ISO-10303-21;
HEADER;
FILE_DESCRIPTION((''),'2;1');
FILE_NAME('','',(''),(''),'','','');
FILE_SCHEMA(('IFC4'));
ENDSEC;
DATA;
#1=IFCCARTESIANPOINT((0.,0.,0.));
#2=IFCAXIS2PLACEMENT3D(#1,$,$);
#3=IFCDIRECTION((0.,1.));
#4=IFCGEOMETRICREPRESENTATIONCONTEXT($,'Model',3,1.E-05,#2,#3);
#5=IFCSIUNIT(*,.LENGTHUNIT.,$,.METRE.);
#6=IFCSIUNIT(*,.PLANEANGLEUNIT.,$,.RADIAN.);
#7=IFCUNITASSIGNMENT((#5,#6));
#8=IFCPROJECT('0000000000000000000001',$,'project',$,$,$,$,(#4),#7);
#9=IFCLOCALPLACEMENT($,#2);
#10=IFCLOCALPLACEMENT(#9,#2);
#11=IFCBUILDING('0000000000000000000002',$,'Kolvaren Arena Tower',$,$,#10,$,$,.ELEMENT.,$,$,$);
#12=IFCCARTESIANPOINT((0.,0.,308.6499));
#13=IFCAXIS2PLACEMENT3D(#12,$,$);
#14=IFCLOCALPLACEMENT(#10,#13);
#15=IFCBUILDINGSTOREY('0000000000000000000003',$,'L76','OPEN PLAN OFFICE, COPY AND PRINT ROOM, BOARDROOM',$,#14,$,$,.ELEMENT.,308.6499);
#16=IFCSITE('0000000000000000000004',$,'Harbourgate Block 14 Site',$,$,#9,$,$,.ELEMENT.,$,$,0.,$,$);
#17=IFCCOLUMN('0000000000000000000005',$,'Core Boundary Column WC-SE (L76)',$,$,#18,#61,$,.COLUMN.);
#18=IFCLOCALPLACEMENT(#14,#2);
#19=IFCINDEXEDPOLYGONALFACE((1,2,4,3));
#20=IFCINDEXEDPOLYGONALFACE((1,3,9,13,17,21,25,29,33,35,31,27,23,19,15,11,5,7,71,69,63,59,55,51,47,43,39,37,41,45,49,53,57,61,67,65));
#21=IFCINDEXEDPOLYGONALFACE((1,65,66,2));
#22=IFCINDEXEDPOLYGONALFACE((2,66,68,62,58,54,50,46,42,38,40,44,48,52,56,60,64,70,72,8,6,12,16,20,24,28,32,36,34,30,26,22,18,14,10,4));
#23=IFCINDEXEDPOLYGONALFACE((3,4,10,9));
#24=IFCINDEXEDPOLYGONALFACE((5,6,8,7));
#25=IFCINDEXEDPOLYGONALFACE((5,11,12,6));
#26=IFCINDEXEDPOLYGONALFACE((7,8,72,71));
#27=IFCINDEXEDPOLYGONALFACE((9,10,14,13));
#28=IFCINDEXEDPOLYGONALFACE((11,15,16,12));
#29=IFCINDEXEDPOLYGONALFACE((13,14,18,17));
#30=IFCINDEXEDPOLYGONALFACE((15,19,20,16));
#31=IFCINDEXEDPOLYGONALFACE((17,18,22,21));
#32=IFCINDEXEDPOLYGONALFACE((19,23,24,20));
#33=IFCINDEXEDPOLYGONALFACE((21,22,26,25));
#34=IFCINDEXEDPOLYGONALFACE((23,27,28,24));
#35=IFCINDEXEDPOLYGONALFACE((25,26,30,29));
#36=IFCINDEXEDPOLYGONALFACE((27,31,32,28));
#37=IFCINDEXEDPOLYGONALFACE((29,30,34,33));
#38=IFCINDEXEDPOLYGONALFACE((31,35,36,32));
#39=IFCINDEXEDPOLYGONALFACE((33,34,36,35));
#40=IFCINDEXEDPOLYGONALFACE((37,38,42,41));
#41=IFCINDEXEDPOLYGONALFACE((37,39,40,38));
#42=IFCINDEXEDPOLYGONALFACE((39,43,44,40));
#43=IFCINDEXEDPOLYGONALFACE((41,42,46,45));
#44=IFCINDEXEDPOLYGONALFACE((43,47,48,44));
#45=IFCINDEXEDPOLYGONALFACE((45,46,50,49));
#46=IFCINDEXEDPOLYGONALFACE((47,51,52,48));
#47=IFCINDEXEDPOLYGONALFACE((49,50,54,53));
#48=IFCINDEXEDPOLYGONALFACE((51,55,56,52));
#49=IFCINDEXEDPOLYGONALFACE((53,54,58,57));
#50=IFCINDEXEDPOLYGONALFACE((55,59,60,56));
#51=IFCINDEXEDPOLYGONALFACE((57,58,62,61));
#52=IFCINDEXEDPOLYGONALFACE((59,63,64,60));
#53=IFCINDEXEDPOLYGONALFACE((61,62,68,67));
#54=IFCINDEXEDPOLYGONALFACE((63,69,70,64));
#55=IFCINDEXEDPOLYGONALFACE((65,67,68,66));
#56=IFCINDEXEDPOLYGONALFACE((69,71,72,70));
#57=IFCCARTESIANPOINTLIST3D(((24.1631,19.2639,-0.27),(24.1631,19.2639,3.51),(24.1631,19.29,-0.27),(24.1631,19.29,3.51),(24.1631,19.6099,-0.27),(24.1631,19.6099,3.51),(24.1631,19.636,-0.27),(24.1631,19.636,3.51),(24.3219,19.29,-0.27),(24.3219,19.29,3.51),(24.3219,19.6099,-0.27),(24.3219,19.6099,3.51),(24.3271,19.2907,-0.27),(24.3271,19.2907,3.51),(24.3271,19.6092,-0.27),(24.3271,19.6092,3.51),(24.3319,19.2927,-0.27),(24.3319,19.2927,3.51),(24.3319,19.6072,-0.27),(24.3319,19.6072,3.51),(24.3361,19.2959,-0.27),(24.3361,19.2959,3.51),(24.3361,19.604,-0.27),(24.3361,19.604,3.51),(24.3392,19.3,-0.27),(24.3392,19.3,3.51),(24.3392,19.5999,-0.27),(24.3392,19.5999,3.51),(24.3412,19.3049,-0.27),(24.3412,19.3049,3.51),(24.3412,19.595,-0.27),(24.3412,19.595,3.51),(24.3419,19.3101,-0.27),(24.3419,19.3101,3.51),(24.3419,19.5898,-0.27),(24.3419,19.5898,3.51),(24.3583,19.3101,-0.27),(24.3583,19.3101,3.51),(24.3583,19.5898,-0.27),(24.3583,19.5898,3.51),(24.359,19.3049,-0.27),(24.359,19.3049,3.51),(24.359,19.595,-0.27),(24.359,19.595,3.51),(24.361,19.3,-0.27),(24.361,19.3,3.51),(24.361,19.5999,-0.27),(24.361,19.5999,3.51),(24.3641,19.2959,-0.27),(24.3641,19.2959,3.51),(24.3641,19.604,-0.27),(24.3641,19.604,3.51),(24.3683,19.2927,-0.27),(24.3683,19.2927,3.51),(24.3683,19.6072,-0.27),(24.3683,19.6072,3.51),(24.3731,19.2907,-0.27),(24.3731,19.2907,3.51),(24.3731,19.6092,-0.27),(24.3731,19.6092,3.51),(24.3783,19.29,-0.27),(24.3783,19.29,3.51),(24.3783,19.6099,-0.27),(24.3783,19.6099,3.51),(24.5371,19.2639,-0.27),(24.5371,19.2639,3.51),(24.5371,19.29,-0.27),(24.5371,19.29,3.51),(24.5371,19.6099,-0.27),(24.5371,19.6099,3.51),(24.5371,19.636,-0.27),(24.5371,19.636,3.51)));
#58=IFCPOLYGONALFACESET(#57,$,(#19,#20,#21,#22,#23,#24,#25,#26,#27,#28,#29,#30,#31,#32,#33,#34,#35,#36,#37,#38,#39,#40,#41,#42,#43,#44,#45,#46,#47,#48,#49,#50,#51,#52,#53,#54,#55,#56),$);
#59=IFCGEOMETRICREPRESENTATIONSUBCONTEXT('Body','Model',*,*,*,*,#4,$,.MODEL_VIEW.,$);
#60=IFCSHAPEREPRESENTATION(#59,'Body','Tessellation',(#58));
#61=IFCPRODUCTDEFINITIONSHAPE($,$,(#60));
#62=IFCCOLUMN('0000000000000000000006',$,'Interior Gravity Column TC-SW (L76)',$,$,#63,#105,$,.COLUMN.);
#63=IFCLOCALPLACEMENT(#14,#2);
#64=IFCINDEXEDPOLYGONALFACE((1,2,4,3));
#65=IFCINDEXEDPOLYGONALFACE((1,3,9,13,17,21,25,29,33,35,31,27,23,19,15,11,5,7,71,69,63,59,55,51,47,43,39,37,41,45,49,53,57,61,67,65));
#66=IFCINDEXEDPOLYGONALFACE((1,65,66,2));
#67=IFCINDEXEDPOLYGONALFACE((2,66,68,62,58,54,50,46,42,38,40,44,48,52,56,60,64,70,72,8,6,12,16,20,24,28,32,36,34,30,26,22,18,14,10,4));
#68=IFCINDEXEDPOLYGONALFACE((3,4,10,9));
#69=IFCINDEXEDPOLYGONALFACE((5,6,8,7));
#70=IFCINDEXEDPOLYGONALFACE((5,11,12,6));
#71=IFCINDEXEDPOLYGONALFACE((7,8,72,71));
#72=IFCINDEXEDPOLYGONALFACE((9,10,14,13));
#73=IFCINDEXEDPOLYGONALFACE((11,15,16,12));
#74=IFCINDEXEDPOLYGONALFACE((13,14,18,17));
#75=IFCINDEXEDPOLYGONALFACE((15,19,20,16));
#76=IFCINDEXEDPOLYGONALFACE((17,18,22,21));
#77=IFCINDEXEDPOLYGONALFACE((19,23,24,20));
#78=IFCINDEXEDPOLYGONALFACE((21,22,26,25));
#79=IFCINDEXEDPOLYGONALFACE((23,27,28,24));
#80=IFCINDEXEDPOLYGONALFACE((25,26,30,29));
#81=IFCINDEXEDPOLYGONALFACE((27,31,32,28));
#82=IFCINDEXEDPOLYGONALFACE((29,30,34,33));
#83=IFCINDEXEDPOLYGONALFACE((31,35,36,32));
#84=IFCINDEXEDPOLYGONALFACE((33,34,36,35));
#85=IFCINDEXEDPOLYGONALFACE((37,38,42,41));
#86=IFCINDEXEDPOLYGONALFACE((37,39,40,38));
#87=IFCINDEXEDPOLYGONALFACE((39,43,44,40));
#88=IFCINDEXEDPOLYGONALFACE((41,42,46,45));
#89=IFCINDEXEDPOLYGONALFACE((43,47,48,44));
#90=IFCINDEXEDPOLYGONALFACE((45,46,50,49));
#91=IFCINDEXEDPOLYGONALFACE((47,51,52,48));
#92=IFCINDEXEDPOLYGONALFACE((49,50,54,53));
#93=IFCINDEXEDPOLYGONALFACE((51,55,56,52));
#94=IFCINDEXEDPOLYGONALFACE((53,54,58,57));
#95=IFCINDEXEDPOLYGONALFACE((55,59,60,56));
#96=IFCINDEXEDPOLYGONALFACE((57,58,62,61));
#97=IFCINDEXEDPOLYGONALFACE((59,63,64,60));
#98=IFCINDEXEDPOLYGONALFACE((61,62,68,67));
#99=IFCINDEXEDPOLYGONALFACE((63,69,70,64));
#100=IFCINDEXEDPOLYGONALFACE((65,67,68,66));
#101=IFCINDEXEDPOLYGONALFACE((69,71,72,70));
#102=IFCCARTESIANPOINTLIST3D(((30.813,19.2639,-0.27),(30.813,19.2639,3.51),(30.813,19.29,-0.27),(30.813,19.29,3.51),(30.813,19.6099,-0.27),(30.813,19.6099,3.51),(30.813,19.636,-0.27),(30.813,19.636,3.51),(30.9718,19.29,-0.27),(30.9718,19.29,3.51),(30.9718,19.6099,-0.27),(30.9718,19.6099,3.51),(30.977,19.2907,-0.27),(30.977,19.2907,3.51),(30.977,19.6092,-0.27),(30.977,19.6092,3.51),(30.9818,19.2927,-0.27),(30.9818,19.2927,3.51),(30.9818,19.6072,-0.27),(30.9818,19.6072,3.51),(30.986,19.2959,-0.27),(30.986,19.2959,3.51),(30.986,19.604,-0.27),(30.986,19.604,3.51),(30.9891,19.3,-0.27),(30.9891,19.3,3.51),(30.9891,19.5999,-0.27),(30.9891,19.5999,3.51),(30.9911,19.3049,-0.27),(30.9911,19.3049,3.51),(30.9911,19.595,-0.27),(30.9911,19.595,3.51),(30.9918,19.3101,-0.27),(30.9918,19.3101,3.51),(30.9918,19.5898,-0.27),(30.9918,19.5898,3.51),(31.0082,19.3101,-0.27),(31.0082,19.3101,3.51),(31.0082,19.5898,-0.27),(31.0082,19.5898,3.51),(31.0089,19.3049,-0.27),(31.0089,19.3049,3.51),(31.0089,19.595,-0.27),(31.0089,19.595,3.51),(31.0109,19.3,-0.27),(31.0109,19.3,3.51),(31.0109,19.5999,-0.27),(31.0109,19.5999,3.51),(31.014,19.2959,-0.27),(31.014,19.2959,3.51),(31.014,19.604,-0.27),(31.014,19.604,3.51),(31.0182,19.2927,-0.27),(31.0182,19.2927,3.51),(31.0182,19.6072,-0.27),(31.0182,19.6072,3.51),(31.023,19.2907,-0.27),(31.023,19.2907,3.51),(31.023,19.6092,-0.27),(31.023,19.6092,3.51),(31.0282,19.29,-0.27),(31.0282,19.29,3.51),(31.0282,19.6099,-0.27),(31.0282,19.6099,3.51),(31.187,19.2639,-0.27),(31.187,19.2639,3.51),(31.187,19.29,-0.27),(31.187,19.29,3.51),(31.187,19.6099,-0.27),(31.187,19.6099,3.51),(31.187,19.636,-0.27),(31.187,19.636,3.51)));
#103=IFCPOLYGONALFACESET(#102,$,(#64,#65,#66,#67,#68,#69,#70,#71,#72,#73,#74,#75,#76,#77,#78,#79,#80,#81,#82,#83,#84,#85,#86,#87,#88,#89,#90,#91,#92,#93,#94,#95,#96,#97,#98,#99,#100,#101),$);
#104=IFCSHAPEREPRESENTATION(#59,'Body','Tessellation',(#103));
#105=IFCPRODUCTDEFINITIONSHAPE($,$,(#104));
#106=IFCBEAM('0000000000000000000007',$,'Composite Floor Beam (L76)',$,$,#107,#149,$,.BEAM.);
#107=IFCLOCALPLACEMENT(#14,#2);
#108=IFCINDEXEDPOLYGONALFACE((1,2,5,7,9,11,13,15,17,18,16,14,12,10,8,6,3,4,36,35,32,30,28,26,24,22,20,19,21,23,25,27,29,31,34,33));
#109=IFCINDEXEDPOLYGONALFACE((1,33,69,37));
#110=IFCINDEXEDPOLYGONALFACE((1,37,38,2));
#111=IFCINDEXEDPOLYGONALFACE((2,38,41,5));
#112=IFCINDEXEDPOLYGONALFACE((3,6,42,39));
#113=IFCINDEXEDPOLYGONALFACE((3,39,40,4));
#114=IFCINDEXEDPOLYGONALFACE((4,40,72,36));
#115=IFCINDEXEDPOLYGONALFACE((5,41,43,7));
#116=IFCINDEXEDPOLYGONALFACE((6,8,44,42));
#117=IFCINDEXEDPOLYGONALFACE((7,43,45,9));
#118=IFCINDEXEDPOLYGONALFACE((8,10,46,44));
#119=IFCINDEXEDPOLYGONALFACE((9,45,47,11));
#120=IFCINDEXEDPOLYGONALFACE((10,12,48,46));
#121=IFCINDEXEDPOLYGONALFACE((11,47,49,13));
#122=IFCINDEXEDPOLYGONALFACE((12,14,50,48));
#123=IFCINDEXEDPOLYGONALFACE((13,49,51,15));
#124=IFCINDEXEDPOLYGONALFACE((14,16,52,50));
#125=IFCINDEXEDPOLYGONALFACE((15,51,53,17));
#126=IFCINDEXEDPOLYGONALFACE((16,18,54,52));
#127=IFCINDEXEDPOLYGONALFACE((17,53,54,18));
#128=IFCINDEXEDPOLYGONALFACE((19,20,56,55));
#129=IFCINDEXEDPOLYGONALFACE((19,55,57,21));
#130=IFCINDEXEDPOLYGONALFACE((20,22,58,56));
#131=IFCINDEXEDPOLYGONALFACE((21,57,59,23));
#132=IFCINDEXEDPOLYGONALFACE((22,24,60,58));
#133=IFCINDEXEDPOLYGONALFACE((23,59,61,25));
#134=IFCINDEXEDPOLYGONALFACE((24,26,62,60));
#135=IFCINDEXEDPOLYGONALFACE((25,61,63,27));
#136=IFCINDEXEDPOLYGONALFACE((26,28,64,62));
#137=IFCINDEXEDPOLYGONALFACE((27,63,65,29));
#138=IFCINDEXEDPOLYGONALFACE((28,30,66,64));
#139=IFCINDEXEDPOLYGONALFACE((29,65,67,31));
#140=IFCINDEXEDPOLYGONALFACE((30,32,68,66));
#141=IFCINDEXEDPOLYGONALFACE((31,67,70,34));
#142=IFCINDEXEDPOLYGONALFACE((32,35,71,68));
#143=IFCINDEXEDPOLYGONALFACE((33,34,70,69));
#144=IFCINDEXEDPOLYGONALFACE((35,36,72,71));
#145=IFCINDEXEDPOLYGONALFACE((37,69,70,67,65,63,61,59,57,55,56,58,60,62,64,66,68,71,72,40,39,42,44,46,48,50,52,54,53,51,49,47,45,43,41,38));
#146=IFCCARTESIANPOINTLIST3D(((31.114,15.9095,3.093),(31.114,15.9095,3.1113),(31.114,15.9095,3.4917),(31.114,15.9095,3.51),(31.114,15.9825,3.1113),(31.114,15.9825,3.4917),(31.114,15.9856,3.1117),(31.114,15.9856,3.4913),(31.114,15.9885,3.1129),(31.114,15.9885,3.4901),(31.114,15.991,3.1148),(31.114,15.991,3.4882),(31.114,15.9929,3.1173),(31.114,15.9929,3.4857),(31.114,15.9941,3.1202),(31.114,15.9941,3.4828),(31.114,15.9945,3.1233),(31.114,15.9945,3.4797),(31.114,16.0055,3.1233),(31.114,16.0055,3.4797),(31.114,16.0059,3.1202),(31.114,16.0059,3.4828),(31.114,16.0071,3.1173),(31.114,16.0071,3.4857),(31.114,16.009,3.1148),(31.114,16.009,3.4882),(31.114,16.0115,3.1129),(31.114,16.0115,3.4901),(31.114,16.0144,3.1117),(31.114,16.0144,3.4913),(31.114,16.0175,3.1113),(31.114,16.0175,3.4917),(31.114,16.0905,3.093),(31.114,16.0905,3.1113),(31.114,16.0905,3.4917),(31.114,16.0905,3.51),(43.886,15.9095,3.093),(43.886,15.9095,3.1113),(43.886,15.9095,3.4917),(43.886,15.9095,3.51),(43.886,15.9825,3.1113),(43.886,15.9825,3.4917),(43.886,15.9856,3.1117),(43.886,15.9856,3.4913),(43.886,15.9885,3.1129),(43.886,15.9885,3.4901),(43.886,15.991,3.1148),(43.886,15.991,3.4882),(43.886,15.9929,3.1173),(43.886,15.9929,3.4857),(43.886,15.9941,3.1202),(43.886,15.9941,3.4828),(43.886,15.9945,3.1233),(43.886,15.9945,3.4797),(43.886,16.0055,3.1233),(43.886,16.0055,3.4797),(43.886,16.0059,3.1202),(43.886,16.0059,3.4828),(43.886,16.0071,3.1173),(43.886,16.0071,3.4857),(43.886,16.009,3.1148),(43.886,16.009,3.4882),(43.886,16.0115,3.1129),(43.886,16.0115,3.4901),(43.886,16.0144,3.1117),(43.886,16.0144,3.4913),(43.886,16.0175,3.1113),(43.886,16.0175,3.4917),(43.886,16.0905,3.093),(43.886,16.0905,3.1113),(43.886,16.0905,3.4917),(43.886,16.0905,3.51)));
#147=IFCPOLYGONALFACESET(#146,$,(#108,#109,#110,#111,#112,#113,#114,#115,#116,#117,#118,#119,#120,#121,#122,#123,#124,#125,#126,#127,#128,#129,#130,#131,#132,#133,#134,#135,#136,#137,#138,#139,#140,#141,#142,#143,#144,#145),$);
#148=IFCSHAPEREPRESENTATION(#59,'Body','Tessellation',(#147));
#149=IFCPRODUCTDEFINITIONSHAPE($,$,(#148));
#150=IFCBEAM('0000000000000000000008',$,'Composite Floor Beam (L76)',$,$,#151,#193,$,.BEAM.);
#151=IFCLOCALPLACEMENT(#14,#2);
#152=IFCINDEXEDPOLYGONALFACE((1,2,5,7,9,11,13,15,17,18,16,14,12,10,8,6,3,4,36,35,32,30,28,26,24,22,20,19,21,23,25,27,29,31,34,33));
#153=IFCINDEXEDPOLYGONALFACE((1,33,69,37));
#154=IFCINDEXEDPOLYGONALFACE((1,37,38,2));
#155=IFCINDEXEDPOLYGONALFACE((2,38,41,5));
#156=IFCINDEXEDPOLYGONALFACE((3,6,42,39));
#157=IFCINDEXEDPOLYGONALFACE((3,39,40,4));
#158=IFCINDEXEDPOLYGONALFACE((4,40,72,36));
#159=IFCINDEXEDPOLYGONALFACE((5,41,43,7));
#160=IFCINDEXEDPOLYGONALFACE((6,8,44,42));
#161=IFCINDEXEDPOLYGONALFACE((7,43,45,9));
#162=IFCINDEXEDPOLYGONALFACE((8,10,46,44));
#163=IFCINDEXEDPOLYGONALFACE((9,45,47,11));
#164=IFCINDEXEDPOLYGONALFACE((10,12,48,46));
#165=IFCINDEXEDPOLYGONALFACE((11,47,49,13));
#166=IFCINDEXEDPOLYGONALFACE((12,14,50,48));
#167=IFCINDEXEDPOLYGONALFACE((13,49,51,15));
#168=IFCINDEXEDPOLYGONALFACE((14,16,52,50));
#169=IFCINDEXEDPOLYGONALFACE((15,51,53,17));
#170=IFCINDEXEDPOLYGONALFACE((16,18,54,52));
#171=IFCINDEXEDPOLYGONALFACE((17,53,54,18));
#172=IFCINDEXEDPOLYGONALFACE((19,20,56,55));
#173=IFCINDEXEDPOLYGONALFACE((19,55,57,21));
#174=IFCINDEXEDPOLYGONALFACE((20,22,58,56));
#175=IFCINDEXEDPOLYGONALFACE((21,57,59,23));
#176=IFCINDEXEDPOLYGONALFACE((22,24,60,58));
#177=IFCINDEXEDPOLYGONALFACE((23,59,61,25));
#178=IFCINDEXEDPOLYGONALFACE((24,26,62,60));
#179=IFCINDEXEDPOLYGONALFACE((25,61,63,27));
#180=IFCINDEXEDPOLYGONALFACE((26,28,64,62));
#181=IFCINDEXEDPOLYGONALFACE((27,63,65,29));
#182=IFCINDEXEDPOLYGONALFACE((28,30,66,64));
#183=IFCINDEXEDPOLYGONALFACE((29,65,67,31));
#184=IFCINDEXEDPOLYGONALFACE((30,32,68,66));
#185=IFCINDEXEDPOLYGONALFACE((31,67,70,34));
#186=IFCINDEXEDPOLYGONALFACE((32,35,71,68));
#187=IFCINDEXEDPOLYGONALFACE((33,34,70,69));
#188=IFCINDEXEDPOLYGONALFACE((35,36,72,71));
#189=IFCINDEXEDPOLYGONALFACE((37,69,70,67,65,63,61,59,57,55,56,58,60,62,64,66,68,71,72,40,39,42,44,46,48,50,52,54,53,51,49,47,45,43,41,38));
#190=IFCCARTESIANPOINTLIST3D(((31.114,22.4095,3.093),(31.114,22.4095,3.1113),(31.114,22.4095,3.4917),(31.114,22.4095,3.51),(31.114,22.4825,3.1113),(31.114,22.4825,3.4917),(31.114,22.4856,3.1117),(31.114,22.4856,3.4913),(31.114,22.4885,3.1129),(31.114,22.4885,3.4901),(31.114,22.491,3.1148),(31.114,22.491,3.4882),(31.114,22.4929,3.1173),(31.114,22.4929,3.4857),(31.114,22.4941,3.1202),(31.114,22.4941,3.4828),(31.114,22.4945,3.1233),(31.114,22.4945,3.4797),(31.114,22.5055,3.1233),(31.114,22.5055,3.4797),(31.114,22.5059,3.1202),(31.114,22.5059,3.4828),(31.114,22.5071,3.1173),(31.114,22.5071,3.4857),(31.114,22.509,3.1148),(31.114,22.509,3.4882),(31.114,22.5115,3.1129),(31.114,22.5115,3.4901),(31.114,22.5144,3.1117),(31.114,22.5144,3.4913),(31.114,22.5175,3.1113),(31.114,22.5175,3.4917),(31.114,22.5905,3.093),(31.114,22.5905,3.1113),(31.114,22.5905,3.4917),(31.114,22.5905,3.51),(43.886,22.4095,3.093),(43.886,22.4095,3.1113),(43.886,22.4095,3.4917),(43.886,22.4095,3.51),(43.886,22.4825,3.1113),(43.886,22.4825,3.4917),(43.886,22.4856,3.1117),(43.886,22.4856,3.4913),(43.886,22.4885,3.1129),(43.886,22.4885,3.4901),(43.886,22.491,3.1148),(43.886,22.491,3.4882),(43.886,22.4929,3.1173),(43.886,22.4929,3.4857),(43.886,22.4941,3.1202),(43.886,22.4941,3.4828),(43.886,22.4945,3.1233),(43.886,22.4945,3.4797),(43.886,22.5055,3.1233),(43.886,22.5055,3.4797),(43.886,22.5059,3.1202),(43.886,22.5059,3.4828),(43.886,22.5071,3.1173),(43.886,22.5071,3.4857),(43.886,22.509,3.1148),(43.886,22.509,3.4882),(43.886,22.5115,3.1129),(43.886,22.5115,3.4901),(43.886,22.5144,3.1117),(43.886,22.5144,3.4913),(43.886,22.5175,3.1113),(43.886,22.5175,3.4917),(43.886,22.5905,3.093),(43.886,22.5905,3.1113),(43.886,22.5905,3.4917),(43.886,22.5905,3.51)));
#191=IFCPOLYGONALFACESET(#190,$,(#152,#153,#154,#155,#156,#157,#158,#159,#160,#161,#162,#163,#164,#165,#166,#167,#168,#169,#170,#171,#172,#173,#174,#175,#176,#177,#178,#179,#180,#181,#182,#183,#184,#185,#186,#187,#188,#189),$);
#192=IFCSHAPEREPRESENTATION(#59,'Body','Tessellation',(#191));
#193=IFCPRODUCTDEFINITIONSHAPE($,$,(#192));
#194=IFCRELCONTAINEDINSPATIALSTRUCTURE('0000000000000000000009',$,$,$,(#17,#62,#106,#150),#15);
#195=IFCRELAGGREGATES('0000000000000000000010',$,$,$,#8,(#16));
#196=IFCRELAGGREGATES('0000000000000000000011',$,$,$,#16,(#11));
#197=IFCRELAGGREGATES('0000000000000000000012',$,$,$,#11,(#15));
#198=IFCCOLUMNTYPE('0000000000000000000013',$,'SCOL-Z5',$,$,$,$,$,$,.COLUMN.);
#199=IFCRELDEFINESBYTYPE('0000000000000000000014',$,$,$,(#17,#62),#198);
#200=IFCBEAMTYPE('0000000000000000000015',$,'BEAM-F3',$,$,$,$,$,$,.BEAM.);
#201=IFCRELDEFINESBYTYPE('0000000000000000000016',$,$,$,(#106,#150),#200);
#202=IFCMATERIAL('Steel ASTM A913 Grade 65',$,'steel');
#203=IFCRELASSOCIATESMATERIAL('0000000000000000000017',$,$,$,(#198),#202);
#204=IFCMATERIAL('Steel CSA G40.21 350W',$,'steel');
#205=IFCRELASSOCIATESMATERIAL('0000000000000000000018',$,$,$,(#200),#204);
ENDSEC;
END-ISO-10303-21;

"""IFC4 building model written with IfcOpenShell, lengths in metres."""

from ifc_helpers import new_model, si_unit, direction, frame, origin, origin_2d, place, context, subcontext, project, spatial, i_section, extrude, material, material_profile, profile_set, type_object, element, save


model = new_model("IFC4")

# Units and contexts
model_context = context("Model", 3, precision=1e-05, world=origin(), true_north=direction((0.0, 1.0)))
body_context = subcontext(model_context, "Body", "Model", "MODEL_VIEW")
ifc_project = project(units=[si_unit("LENGTHUNIT", "METRE"), si_unit("PLANEANGLEUNIT", "RADIAN")], contexts=[model_context])

# Site, building, storey
site_placement = place(None, origin())
site = spatial("IfcSite", under=ifc_project, at=site_placement, Name="Harbourgate Block 14 Site", CompositionType="ELEMENT", RefElevation=0.0)
building_placement = place(site_placement, origin())
building = spatial("IfcBuilding", under=site, at=building_placement, Name="Kolvaren Arena Tower", CompositionType="ELEMENT")
storey_placement = place(building_placement, frame((0.0, 0.0, 308.6499)))
storey = spatial("IfcBuildingStorey", under=building, at=storey_placement, Name="L76", Description="OPEN PLAN OFFICE, COPY AND PRINT ROOM, BOARDROOM", CompositionType="ELEMENT", Elevation=308.6499)

# Columns
ifc_material_1 = material(Name="Steel ASTM A913 Grade 65", Category="steel")
ifc_material_profile_1 = material_profile(ifc_material_1, i_section(OverallWidth=0.374, OverallDepth=0.3721, WebThickness=0.0164, FlangeThickness=0.0261, FilletRadius=0.02, at=origin_2d()), Name="W360x196")
ifc_profile_set_1 = profile_set([ifc_material_profile_1], Name="Steel ASTM A913 Grade 65")
column_type = type_object("IfcColumnType", Name="SCOL-Z5", PredefinedType="COLUMN", material=ifc_profile_set_1)
for number, where, z_axis, x_axis, name in (
    (1, (24.3501, 19.45, -0.27), (0.0, 0.0, 1.0), (1.0, 0.0, 0.0), "Core Boundary Column WC-SE (L76)"),
    (2, (31.0, 19.45, -0.27), (0.0, 0.0, 1.0), (1.0, 0.0, 0.0), "Interior Gravity Column TC-SW (L76)"),
):
    element("IfcColumn", number, at=place(storey_placement, frame(where, z_axis=z_axis, x_axis=x_axis)), inside=storey, type_object=column_type, Name=name, PredefinedType="COLUMN", context=body_context, shape_type="SweptSolid", body=[
        extrude(i_section(OverallWidth=0.374, OverallDepth=0.3721, WebThickness=0.0164, FlangeThickness=0.0261, FilletRadius=0.02, at=origin_2d()), origin(), (0.0, 0.0, 1.0), 3.78),
    ])

# Beams
ifc_material_2 = material(Name="Steel CSA G40.21 350W", Category="steel")
ifc_material_profile_2 = material_profile(ifc_material_2, i_section(OverallWidth=0.1809, OverallDepth=0.417, WebThickness=0.011, FlangeThickness=0.0183, FilletRadius=0.012, at=origin_2d()), Name="W410x85")
ifc_profile_set_2 = profile_set([ifc_material_profile_2], Name="Steel CSA G40.21 350W")
beam_type_1 = type_object("IfcBeamType", Name="BEAM-F3", PredefinedType="BEAM", material=ifc_profile_set_2)
for number, where, z_axis, x_axis, name in (
    (3, (31.114, 16.0, 3.3015), (1.0, 0.0, 0.0), (0.0, 1.0, 0.0), "Composite Floor Beam (L76)"),
    (4, (31.114, 22.5, 3.3015), (1.0, 0.0, 0.0), (0.0, 1.0, 0.0), "Composite Floor Beam (L76)"),
):
    element("IfcBeam", number, at=place(storey_placement, frame(where, z_axis=z_axis, x_axis=x_axis)), inside=storey, type_object=beam_type_1, Name=name, PredefinedType="BEAM", context=body_context, shape_type="SweptSolid", body=[
        extrude(i_section(OverallWidth=0.1809, OverallDepth=0.417, WebThickness=0.011, FlangeThickness=0.0183, FilletRadius=0.012, at=origin_2d()), origin(), (0.0, 0.0, 1.0), 12.772),
    ])

save(model, "model.ifc")
